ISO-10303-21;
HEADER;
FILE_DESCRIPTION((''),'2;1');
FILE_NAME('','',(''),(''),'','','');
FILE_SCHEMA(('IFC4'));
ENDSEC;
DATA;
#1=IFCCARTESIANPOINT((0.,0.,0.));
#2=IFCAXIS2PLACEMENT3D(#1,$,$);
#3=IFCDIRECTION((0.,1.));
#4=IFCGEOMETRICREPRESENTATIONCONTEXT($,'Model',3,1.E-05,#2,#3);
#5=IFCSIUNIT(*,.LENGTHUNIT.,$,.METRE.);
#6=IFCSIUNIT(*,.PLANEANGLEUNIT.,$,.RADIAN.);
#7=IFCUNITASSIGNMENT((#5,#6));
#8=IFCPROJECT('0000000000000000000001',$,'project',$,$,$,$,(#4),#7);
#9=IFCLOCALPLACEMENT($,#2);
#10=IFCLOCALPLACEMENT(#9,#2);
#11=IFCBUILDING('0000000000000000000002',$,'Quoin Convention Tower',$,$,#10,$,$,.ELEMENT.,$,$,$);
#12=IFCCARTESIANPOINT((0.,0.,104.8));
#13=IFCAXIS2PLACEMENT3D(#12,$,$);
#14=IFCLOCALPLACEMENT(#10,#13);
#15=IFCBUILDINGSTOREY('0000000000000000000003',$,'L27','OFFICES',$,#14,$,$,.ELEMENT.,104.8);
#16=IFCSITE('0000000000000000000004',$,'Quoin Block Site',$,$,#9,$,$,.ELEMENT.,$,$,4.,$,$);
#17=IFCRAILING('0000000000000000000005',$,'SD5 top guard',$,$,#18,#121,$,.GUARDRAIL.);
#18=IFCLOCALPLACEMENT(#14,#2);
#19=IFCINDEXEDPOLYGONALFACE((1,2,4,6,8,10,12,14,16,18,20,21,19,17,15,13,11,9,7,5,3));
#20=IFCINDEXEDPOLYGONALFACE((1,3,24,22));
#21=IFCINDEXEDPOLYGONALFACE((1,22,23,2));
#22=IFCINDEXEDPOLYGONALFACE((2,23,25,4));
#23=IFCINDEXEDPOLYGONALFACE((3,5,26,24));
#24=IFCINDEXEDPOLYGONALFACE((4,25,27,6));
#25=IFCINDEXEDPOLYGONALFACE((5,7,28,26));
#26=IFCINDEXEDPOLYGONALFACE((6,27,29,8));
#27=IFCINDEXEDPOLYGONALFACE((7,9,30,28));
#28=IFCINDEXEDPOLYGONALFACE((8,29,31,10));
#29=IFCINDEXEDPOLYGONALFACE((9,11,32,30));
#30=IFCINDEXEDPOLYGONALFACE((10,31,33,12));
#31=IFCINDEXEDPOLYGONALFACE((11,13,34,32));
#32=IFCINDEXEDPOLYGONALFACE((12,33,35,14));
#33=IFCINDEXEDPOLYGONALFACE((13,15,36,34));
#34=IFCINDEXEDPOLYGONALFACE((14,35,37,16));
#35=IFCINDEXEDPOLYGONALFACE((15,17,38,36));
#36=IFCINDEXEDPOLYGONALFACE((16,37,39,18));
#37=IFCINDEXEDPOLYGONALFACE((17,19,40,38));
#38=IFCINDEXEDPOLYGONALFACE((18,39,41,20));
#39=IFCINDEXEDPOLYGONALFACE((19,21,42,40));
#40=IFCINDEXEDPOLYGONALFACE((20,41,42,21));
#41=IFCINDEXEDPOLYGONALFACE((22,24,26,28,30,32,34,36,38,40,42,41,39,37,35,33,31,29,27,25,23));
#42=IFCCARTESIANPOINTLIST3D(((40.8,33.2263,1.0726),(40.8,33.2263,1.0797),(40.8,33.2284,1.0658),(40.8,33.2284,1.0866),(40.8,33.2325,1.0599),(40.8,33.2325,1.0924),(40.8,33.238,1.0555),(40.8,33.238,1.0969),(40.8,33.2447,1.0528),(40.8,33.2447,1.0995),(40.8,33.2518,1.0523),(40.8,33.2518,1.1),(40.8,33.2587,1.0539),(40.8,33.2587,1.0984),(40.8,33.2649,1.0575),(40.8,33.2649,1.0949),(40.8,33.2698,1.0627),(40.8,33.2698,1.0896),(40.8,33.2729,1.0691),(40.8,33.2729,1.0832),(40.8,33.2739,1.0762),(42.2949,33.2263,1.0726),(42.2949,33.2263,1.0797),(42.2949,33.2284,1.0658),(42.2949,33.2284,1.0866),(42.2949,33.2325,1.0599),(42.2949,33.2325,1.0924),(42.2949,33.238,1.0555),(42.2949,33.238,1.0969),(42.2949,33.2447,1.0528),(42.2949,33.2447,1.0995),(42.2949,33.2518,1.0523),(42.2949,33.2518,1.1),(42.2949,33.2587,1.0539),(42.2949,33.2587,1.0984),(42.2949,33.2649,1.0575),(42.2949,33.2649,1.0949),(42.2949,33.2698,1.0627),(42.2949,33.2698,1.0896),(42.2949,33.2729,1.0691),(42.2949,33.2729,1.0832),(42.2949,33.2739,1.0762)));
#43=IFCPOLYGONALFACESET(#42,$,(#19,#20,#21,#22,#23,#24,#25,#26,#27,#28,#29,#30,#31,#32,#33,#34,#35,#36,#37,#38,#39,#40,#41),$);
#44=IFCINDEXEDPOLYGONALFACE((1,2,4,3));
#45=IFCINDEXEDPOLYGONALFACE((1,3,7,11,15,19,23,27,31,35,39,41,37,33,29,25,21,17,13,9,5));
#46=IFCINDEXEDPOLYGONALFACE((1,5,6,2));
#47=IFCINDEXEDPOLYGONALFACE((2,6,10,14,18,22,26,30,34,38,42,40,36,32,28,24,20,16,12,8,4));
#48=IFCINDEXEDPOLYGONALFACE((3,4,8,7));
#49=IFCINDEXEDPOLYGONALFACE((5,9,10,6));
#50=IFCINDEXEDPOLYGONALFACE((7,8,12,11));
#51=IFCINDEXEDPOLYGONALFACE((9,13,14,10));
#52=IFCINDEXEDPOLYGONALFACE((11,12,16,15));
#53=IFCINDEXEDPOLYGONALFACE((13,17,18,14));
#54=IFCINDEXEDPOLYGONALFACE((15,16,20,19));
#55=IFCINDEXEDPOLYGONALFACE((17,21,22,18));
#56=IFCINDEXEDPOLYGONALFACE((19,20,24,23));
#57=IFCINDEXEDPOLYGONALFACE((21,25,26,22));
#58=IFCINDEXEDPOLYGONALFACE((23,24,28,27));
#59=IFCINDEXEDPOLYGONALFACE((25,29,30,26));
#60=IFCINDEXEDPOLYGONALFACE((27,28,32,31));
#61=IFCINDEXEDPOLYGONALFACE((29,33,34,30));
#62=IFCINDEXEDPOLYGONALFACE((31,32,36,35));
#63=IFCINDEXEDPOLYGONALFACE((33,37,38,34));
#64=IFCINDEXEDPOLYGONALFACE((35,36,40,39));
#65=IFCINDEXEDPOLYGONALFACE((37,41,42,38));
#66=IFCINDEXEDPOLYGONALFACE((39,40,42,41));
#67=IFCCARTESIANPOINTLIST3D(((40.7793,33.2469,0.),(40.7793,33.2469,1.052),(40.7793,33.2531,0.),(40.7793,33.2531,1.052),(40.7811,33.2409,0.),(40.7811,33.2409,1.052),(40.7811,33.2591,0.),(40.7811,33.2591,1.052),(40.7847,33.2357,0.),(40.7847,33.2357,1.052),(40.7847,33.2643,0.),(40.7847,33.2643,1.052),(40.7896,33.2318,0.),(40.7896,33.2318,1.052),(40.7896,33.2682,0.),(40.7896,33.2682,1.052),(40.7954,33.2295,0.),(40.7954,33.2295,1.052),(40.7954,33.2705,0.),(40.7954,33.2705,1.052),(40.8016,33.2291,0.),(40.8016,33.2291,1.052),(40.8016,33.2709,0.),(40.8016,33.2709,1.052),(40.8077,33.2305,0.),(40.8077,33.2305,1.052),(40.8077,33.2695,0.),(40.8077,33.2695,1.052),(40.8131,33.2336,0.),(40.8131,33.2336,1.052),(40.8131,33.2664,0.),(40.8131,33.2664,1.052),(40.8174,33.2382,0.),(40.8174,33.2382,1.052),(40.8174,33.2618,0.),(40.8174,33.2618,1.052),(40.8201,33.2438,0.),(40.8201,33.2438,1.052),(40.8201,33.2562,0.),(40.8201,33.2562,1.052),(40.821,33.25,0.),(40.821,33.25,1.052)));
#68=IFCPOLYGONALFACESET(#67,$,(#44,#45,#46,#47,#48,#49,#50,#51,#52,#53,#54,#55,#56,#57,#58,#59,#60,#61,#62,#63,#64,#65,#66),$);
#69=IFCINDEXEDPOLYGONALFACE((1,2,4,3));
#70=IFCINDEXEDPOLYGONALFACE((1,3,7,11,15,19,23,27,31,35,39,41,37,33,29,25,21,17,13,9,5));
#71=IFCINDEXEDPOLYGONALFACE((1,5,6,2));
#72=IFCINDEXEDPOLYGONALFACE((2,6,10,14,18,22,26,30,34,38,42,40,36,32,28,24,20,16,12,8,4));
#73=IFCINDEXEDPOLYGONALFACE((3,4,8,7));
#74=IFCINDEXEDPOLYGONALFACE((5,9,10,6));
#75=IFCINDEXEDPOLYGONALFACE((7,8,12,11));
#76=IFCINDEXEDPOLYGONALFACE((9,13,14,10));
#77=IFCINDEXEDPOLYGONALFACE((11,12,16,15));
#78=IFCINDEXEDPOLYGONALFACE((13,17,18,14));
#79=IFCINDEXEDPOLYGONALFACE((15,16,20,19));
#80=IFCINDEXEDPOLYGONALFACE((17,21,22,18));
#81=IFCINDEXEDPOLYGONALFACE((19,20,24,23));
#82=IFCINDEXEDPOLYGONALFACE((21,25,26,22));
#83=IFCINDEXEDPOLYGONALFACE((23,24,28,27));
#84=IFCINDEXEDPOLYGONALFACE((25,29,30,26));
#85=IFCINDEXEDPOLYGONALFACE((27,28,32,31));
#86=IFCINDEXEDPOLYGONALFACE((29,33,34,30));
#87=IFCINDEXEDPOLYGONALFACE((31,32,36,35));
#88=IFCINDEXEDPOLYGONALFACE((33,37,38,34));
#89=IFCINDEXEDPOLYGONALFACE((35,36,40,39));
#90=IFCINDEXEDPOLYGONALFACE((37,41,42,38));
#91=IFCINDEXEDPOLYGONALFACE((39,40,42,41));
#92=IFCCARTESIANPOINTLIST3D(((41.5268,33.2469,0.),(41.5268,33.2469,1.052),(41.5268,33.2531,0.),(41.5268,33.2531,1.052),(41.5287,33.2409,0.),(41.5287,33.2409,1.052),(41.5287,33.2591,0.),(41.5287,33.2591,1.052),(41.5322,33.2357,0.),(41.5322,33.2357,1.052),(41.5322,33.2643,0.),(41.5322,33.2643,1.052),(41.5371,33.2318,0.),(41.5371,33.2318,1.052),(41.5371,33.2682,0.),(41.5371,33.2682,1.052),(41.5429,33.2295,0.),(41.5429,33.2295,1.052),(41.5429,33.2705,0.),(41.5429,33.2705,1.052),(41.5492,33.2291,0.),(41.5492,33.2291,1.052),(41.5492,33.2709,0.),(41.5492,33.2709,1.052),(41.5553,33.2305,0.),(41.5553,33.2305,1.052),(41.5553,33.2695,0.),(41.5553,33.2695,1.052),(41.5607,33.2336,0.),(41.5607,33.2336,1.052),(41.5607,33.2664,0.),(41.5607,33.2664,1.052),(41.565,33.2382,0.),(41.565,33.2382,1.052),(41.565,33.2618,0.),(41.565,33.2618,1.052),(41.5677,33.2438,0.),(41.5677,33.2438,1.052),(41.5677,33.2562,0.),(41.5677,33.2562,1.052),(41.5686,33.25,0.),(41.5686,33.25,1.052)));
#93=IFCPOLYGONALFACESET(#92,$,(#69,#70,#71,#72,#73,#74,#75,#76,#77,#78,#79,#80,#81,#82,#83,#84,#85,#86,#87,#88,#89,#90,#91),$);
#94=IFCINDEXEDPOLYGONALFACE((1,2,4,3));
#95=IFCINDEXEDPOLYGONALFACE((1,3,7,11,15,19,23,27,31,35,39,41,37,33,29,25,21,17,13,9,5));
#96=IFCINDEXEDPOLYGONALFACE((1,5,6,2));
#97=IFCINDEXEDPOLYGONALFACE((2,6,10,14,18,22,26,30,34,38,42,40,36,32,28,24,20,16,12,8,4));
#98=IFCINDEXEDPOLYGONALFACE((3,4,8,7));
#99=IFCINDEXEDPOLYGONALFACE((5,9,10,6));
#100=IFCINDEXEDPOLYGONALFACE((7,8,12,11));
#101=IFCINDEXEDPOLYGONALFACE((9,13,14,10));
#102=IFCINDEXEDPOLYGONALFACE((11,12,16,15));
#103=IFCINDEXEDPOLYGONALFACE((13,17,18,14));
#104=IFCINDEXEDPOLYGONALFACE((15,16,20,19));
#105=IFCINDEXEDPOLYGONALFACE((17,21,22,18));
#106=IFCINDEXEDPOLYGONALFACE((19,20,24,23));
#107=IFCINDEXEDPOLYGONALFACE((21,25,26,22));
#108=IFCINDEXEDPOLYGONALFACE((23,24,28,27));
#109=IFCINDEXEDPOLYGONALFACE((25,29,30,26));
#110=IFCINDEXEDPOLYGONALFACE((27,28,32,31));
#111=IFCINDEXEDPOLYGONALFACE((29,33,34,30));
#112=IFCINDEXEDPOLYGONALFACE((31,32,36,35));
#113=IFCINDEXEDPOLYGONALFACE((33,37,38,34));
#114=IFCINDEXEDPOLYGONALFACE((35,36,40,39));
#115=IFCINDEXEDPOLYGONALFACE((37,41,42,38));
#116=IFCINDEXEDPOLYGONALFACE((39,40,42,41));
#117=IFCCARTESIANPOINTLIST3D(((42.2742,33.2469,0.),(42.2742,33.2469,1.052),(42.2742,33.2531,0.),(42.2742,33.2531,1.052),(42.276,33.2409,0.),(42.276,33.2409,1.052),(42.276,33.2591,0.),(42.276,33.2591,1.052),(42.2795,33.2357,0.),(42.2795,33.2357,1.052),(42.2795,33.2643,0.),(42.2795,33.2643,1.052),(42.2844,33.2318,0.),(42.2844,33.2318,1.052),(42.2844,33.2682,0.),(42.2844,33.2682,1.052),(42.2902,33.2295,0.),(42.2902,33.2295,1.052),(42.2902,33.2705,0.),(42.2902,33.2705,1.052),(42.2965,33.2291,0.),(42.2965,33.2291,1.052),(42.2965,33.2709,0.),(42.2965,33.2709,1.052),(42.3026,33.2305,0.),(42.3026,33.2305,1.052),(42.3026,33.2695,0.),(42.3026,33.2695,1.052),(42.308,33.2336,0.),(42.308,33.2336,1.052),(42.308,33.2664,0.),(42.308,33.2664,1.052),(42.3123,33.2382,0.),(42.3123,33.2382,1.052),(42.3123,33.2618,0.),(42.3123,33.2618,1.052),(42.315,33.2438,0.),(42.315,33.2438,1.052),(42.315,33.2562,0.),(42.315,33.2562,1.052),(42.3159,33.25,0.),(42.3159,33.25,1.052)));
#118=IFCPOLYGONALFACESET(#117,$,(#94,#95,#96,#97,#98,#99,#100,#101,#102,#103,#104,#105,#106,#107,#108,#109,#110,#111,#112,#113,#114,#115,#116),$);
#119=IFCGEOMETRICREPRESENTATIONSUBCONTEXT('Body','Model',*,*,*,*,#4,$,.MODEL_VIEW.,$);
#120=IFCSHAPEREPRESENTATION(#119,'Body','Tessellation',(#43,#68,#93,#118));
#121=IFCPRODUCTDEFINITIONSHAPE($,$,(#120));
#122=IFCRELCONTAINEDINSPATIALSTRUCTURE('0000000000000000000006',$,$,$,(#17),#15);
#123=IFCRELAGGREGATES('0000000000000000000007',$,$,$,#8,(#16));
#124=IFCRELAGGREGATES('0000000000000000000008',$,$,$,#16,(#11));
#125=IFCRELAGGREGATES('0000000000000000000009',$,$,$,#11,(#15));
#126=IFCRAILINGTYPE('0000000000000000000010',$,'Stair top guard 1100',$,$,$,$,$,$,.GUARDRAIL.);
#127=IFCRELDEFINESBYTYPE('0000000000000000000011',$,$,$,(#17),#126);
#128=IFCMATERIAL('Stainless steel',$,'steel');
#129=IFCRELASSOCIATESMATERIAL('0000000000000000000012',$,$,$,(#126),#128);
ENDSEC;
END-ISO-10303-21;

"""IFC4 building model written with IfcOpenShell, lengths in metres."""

from ifc_helpers import new_model, si_unit, direction, frame, origin, origin_2d, place, context, subcontext, project, spatial, circle, extrude, material, type_object, element, save


model = new_model("IFC4")

# Units and contexts
model_context = context("Model", 3, precision=1e-05, world=origin(), true_north=direction((0.0, 1.0)))
body_context = subcontext(model_context, "Body", "Model", "MODEL_VIEW")
ifc_project = project(units=[si_unit("LENGTHUNIT", "METRE"), si_unit("PLANEANGLEUNIT", "RADIAN")], contexts=[model_context])

# Site, building, storey
site_placement = place(None, origin())
site = spatial("IfcSite", under=ifc_project, at=site_placement, Name="Quoin Block Site", CompositionType="ELEMENT", RefElevation=4.0)
building_placement = place(site_placement, origin())
building = spatial("IfcBuilding", under=site, at=building_placement, Name="Quoin Convention Tower", CompositionType="ELEMENT")
storey_placement = place(building_placement, frame((0.0, 0.0, 104.8)))
storey = spatial("IfcBuildingStorey", under=building, at=storey_placement, Name="L27", Description="OFFICES", CompositionType="ELEMENT", Elevation=104.8)

# Railing
ifc_material_1 = material(Name="Stainless steel", Category="steel")
railing_type_1 = type_object("IfcRailingType", Name="Stair top guard 1100", PredefinedType="GUARDRAIL", material=ifc_material_1)
railing_1_placement = place(storey_placement, frame((40.8, 33.25, 0.0)))
element("IfcRailing", 1, at=railing_1_placement, inside=storey, type_object=railing_type_1, Name="SD5 top guard", PredefinedType="GUARDRAIL", context=body_context, shape_type="SweptSolid", body=[
    extrude(circle(Radius=0.0239, at=origin_2d()), frame((0.0, 0.0, 1.0762), z_axis=(1.0, 0.0, 0.0), x_axis=(0.0, 1.0, 0.0)), (0.0, 0.0, 1.0), 1.4949),
    extrude(circle(Radius=0.021, at=origin_2d()), origin(), (0.0, 0.0, 1.0), 1.052),
    extrude(circle(Radius=0.021, at=origin_2d()), frame((0.7476, 0.0, 0.0)), (0.0, 0.0, 1.0), 1.052),
    extrude(circle(Radius=0.021, at=origin_2d()), frame((1.4949, 0.0, 0.0)), (0.0, 0.0, 1.0), 1.052),
])

save(model, "model.ifc")
